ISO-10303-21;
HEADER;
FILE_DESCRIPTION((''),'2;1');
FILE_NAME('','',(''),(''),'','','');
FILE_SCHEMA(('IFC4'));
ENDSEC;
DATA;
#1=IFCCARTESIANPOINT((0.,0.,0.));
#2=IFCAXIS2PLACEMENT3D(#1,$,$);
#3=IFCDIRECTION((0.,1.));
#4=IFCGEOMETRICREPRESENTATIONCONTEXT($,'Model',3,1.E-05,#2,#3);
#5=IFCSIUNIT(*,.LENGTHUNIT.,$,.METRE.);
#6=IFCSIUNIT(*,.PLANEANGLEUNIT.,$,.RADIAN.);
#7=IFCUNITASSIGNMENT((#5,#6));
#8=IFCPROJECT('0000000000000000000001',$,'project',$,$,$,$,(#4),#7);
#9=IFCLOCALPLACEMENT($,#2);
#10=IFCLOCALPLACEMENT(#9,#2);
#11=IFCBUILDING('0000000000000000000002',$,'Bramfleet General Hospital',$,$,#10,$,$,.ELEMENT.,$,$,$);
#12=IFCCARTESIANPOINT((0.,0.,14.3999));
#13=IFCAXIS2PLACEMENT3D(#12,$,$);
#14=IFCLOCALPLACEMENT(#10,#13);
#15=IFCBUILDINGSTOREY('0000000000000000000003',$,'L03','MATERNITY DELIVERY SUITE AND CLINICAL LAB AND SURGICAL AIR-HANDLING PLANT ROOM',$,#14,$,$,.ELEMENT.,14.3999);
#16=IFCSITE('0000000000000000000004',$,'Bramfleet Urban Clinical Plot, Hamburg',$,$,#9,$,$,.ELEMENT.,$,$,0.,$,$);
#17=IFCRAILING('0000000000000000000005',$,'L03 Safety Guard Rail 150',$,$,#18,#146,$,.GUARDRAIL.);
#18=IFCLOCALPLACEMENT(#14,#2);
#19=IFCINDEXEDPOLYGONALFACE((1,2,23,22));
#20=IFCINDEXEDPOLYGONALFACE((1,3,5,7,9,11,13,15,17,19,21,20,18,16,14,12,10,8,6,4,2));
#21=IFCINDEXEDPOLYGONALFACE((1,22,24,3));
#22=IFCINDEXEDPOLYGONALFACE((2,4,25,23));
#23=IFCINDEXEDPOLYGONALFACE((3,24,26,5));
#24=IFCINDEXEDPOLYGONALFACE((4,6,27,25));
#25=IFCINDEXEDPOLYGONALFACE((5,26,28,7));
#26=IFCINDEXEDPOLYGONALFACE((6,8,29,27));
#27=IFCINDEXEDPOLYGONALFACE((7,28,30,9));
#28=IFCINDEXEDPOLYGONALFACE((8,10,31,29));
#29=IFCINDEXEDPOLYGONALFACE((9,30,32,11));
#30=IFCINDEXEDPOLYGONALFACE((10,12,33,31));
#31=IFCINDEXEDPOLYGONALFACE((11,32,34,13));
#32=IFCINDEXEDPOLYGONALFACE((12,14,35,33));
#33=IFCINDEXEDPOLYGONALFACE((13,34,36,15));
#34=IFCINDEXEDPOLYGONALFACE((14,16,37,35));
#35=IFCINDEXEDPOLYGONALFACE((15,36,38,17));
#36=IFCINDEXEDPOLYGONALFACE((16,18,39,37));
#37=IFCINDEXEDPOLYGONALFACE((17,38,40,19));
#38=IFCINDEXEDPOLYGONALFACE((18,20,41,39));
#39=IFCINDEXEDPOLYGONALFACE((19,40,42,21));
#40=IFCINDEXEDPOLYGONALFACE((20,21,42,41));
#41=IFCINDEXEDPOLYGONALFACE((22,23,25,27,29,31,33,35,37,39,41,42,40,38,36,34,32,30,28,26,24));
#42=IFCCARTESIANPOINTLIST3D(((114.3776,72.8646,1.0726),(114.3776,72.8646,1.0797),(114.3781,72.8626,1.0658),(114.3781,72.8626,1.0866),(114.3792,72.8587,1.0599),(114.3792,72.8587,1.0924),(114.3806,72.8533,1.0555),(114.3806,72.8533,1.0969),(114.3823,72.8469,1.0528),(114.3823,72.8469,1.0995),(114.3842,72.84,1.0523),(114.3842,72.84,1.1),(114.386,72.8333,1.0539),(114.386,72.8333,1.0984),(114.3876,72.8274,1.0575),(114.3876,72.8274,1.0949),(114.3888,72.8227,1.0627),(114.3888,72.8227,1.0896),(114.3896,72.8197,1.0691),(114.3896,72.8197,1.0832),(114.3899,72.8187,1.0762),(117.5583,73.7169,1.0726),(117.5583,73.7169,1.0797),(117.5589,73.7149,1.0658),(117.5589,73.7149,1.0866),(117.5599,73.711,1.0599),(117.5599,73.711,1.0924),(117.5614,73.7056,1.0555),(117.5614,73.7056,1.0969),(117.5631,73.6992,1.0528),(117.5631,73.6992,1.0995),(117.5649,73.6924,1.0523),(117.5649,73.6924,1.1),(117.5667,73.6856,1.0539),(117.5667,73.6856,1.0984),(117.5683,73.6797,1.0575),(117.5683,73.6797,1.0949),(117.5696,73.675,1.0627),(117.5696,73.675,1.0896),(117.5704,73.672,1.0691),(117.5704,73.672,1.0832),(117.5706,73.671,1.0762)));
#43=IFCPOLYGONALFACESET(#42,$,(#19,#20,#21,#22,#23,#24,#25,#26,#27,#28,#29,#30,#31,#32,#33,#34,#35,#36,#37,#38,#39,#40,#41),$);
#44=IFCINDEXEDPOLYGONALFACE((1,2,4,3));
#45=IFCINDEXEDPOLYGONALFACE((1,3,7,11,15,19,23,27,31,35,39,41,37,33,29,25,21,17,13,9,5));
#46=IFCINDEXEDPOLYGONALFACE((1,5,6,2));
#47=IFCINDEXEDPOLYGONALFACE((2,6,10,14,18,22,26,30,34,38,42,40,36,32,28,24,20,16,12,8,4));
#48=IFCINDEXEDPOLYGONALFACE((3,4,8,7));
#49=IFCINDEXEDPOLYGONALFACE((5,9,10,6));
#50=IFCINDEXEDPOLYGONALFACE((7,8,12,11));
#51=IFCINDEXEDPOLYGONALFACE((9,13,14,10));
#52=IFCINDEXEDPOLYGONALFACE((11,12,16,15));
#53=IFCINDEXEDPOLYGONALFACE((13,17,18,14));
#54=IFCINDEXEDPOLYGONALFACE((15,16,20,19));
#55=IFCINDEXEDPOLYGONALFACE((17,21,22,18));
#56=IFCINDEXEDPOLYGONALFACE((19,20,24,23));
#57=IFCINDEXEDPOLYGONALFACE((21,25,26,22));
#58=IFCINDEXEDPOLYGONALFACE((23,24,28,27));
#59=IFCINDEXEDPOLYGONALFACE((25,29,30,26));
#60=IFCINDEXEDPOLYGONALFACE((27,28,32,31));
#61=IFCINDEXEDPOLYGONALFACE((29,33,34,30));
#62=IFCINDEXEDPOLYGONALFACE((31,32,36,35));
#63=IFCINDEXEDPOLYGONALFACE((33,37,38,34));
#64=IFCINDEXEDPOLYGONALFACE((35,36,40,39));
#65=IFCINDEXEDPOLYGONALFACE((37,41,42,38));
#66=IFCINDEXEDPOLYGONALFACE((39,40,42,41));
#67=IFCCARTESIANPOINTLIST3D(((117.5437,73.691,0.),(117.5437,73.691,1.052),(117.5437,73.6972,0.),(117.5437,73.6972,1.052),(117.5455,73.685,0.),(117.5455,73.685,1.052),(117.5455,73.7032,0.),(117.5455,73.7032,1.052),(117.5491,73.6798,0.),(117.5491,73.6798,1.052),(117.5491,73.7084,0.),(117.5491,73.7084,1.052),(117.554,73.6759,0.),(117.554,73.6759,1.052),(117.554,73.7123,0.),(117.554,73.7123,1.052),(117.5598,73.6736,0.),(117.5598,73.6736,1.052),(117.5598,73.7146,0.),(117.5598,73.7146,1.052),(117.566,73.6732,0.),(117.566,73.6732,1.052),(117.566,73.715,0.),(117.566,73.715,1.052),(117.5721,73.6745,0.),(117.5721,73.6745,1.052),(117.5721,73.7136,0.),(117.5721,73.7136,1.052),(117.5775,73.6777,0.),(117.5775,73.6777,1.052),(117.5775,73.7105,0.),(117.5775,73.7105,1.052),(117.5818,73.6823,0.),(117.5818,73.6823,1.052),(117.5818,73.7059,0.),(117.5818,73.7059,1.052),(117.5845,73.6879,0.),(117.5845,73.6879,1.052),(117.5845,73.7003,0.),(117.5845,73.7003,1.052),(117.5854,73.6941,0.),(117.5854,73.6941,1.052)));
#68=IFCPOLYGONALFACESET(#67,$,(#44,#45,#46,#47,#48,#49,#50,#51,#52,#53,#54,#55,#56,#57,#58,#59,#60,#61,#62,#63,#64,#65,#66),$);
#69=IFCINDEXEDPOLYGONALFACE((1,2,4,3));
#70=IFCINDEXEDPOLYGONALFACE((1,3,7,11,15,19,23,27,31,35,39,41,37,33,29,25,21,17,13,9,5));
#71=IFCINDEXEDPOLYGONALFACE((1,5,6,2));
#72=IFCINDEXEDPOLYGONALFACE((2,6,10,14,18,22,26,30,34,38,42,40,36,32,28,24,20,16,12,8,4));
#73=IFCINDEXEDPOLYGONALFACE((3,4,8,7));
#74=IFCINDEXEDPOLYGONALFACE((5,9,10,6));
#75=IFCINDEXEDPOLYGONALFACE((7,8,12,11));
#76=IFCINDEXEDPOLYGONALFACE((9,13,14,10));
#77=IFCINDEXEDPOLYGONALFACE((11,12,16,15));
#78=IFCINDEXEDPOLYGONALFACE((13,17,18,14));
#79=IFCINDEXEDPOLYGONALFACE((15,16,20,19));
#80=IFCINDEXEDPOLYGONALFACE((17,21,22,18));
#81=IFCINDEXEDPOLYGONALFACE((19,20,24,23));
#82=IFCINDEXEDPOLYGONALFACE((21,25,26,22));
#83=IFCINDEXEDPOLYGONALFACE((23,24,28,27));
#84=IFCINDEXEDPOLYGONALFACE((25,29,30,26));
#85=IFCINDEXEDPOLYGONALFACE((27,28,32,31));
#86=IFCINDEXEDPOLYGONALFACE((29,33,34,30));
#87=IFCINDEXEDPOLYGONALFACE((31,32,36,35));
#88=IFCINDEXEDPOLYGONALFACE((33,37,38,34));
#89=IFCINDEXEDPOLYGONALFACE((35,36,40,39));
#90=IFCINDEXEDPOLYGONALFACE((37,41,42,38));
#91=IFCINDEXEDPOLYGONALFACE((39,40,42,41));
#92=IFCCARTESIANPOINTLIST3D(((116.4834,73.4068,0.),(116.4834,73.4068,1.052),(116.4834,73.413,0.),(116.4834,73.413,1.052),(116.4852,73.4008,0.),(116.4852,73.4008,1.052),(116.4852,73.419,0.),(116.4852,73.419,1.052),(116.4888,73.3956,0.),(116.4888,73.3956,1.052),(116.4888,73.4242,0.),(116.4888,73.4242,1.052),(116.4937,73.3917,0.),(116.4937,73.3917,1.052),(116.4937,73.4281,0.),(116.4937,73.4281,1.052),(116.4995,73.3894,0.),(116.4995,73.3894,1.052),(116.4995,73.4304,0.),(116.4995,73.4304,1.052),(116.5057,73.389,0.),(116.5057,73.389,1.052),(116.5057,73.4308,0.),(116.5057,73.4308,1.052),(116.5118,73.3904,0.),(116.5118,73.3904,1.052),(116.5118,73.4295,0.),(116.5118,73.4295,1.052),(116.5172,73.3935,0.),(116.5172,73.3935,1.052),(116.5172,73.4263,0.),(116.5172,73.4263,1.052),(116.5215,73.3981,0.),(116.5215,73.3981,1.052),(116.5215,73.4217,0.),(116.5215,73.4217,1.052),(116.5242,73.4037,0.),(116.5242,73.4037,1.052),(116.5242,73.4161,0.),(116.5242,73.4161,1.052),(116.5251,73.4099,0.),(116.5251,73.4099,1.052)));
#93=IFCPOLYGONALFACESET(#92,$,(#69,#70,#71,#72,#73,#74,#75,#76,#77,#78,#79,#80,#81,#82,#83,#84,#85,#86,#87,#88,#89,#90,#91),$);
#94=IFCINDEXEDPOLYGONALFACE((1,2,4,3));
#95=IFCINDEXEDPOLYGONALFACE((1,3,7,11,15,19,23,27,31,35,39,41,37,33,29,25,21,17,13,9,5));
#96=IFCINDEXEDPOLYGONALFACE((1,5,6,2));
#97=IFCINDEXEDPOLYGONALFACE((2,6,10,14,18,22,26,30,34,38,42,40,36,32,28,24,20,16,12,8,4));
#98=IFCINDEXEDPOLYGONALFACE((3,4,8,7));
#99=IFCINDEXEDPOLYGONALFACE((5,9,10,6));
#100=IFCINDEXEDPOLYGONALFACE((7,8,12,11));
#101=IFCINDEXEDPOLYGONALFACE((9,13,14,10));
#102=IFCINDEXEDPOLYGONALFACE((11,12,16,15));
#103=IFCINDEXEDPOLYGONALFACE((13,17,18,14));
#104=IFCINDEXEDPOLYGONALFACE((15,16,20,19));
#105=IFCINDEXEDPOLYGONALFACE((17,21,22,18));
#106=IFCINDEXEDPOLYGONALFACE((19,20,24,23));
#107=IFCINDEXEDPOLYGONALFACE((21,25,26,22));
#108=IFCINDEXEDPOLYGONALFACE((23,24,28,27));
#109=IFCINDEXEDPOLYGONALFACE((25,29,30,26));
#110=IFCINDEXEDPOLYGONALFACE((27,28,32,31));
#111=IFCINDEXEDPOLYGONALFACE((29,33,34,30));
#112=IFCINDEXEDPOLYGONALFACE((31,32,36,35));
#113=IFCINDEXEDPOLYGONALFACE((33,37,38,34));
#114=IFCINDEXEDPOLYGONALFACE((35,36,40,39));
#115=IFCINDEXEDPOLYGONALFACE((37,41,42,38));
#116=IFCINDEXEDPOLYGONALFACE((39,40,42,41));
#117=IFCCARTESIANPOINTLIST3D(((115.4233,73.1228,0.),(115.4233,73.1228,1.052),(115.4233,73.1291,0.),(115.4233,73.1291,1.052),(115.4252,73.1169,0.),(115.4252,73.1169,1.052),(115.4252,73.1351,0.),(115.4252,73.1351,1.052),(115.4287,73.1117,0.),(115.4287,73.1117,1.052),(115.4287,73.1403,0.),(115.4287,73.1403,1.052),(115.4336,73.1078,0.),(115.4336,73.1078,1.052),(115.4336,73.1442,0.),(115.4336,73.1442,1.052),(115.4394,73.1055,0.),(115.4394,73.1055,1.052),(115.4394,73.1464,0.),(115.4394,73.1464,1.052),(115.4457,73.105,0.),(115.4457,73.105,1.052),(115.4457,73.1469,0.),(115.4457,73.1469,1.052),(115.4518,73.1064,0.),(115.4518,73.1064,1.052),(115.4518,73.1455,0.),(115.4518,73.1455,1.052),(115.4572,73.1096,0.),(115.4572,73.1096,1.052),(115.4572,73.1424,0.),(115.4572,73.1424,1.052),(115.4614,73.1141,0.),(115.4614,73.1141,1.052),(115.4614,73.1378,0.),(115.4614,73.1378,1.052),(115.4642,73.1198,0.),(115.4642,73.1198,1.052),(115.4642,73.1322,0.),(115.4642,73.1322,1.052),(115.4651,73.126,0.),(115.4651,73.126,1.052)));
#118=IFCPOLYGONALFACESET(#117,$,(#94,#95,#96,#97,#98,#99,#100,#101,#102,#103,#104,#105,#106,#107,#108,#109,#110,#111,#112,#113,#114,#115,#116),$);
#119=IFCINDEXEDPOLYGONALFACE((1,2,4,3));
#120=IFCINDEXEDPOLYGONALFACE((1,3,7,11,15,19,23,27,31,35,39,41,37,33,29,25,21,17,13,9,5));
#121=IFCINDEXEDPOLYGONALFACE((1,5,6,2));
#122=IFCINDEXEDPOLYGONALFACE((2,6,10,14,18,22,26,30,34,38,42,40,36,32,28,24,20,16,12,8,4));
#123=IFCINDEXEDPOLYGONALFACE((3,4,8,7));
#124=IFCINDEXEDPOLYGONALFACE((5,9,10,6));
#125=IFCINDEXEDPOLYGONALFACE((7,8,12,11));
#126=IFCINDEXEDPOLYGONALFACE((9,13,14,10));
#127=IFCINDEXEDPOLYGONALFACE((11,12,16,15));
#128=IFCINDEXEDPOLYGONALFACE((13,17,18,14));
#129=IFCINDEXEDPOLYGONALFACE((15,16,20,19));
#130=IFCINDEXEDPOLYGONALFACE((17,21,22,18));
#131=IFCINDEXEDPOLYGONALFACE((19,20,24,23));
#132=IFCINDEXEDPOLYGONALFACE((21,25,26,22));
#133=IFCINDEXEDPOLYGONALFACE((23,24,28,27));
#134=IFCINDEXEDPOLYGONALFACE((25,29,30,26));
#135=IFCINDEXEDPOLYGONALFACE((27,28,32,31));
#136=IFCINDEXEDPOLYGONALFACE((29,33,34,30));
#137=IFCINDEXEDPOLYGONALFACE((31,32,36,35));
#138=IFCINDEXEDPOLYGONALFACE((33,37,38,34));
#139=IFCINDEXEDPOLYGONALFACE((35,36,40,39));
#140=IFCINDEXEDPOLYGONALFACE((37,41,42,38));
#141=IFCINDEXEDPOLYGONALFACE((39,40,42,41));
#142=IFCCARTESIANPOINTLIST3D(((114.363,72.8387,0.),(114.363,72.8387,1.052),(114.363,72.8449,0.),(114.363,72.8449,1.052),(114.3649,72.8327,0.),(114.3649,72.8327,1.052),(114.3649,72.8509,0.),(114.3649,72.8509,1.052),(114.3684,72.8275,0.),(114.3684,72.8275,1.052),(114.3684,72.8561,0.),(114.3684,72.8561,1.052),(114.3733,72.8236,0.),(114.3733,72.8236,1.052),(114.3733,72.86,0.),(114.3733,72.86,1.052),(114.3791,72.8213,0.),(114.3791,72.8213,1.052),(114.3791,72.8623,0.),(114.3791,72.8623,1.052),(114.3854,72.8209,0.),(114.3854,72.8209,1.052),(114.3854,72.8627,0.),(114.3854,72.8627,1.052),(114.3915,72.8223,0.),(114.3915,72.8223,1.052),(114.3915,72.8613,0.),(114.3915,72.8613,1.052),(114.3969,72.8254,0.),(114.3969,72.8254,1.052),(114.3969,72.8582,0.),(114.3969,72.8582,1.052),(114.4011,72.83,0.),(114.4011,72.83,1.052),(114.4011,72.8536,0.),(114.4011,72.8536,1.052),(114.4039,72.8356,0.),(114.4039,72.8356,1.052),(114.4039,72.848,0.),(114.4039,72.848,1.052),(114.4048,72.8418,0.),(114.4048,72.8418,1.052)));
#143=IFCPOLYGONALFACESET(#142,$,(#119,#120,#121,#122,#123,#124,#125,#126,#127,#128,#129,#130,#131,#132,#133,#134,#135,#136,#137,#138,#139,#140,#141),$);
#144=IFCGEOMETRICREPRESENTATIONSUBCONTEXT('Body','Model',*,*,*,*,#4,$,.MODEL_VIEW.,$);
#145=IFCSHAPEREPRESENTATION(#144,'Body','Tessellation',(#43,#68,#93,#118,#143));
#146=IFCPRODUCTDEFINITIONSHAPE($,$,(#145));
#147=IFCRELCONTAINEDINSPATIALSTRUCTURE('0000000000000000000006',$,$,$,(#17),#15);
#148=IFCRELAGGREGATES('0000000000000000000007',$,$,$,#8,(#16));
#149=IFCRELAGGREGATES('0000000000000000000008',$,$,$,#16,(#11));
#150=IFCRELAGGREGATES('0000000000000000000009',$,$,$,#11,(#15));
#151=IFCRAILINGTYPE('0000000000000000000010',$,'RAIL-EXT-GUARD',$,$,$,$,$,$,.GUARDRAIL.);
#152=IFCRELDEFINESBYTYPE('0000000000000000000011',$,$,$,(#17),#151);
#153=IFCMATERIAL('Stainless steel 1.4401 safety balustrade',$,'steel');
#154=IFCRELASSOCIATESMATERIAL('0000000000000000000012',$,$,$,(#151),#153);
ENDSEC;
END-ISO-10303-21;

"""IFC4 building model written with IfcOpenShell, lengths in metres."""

from ifc_helpers import new_model, si_unit, direction, frame, origin, origin_2d, place, context, subcontext, project, spatial, circle, extrude, material, type_object, element, save


model = new_model("IFC4")

# Units and contexts
model_context = context("Model", 3, precision=1e-05, world=origin(), true_north=direction((0.0, 1.0)))
body_context = subcontext(model_context, "Body", "Model", "MODEL_VIEW")
ifc_project = project(units=[si_unit("LENGTHUNIT", "METRE"), si_unit("PLANEANGLEUNIT", "RADIAN")], contexts=[model_context])

# Site, building, storey
site_placement = place(None, origin())
site = spatial("IfcSite", under=ifc_project, at=site_placement, Name="Bramfleet Urban Clinical Plot, Hamburg", CompositionType="ELEMENT", RefElevation=0.0)
building_placement = place(site_placement, origin())
building = spatial("IfcBuilding", under=site, at=building_placement, Name="Bramfleet General Hospital", CompositionType="ELEMENT")
storey_placement = place(building_placement, frame((0.0, 0.0, 14.3999)))
storey = spatial("IfcBuildingStorey", under=building, at=storey_placement, Name="L03", Description="MATERNITY DELIVERY SUITE AND CLINICAL LAB AND SURGICAL AIR-HANDLING PLANT ROOM", CompositionType="ELEMENT", Elevation=14.3999)

# Railing
ifc_material_1 = material(Name="Stainless steel 1.4401 safety balustrade", Category="steel")
railing_type = type_object("IfcRailingType", Name="RAIL-EXT-GUARD", PredefinedType="GUARDRAIL", material=ifc_material_1)
railing_1_placement = place(storey_placement, frame((117.5645, 73.6941, 0.0)))
element("IfcRailing", 1, at=railing_1_placement, inside=storey, type_object=railing_type, Name="L03 Safety Guard Rail 150", PredefinedType="GUARDRAIL", context=body_context, shape_type="SweptSolid", body=[
    extrude(circle(Radius=0.0239, at=origin_2d()), frame((0.0, 0.0, 1.0762), z_axis=(-0.965923, -0.25883, 0.0), x_axis=(0.25883, -0.965923, 0.0)), (0.0, 0.0, 1.0), 3.293),
    extrude(circle(Radius=0.021, at=origin_2d()), origin(), (0.0, 0.0, 1.0), 1.052),
    extrude(circle(Radius=0.021, at=origin_2d()), frame((-1.0603, -0.2842, 0.0)), (0.0, 0.0, 1.0), 1.052),
    extrude(circle(Radius=0.021, at=origin_2d()), frame((-2.1204, -0.5681, 0.0)), (0.0, 0.0, 1.0), 1.052),
    extrude(circle(Radius=0.021, at=origin_2d()), frame((-3.1807, -0.8523, 0.0)), (0.0, 0.0, 1.0), 1.052),
])

save(model, "model.ifc")
